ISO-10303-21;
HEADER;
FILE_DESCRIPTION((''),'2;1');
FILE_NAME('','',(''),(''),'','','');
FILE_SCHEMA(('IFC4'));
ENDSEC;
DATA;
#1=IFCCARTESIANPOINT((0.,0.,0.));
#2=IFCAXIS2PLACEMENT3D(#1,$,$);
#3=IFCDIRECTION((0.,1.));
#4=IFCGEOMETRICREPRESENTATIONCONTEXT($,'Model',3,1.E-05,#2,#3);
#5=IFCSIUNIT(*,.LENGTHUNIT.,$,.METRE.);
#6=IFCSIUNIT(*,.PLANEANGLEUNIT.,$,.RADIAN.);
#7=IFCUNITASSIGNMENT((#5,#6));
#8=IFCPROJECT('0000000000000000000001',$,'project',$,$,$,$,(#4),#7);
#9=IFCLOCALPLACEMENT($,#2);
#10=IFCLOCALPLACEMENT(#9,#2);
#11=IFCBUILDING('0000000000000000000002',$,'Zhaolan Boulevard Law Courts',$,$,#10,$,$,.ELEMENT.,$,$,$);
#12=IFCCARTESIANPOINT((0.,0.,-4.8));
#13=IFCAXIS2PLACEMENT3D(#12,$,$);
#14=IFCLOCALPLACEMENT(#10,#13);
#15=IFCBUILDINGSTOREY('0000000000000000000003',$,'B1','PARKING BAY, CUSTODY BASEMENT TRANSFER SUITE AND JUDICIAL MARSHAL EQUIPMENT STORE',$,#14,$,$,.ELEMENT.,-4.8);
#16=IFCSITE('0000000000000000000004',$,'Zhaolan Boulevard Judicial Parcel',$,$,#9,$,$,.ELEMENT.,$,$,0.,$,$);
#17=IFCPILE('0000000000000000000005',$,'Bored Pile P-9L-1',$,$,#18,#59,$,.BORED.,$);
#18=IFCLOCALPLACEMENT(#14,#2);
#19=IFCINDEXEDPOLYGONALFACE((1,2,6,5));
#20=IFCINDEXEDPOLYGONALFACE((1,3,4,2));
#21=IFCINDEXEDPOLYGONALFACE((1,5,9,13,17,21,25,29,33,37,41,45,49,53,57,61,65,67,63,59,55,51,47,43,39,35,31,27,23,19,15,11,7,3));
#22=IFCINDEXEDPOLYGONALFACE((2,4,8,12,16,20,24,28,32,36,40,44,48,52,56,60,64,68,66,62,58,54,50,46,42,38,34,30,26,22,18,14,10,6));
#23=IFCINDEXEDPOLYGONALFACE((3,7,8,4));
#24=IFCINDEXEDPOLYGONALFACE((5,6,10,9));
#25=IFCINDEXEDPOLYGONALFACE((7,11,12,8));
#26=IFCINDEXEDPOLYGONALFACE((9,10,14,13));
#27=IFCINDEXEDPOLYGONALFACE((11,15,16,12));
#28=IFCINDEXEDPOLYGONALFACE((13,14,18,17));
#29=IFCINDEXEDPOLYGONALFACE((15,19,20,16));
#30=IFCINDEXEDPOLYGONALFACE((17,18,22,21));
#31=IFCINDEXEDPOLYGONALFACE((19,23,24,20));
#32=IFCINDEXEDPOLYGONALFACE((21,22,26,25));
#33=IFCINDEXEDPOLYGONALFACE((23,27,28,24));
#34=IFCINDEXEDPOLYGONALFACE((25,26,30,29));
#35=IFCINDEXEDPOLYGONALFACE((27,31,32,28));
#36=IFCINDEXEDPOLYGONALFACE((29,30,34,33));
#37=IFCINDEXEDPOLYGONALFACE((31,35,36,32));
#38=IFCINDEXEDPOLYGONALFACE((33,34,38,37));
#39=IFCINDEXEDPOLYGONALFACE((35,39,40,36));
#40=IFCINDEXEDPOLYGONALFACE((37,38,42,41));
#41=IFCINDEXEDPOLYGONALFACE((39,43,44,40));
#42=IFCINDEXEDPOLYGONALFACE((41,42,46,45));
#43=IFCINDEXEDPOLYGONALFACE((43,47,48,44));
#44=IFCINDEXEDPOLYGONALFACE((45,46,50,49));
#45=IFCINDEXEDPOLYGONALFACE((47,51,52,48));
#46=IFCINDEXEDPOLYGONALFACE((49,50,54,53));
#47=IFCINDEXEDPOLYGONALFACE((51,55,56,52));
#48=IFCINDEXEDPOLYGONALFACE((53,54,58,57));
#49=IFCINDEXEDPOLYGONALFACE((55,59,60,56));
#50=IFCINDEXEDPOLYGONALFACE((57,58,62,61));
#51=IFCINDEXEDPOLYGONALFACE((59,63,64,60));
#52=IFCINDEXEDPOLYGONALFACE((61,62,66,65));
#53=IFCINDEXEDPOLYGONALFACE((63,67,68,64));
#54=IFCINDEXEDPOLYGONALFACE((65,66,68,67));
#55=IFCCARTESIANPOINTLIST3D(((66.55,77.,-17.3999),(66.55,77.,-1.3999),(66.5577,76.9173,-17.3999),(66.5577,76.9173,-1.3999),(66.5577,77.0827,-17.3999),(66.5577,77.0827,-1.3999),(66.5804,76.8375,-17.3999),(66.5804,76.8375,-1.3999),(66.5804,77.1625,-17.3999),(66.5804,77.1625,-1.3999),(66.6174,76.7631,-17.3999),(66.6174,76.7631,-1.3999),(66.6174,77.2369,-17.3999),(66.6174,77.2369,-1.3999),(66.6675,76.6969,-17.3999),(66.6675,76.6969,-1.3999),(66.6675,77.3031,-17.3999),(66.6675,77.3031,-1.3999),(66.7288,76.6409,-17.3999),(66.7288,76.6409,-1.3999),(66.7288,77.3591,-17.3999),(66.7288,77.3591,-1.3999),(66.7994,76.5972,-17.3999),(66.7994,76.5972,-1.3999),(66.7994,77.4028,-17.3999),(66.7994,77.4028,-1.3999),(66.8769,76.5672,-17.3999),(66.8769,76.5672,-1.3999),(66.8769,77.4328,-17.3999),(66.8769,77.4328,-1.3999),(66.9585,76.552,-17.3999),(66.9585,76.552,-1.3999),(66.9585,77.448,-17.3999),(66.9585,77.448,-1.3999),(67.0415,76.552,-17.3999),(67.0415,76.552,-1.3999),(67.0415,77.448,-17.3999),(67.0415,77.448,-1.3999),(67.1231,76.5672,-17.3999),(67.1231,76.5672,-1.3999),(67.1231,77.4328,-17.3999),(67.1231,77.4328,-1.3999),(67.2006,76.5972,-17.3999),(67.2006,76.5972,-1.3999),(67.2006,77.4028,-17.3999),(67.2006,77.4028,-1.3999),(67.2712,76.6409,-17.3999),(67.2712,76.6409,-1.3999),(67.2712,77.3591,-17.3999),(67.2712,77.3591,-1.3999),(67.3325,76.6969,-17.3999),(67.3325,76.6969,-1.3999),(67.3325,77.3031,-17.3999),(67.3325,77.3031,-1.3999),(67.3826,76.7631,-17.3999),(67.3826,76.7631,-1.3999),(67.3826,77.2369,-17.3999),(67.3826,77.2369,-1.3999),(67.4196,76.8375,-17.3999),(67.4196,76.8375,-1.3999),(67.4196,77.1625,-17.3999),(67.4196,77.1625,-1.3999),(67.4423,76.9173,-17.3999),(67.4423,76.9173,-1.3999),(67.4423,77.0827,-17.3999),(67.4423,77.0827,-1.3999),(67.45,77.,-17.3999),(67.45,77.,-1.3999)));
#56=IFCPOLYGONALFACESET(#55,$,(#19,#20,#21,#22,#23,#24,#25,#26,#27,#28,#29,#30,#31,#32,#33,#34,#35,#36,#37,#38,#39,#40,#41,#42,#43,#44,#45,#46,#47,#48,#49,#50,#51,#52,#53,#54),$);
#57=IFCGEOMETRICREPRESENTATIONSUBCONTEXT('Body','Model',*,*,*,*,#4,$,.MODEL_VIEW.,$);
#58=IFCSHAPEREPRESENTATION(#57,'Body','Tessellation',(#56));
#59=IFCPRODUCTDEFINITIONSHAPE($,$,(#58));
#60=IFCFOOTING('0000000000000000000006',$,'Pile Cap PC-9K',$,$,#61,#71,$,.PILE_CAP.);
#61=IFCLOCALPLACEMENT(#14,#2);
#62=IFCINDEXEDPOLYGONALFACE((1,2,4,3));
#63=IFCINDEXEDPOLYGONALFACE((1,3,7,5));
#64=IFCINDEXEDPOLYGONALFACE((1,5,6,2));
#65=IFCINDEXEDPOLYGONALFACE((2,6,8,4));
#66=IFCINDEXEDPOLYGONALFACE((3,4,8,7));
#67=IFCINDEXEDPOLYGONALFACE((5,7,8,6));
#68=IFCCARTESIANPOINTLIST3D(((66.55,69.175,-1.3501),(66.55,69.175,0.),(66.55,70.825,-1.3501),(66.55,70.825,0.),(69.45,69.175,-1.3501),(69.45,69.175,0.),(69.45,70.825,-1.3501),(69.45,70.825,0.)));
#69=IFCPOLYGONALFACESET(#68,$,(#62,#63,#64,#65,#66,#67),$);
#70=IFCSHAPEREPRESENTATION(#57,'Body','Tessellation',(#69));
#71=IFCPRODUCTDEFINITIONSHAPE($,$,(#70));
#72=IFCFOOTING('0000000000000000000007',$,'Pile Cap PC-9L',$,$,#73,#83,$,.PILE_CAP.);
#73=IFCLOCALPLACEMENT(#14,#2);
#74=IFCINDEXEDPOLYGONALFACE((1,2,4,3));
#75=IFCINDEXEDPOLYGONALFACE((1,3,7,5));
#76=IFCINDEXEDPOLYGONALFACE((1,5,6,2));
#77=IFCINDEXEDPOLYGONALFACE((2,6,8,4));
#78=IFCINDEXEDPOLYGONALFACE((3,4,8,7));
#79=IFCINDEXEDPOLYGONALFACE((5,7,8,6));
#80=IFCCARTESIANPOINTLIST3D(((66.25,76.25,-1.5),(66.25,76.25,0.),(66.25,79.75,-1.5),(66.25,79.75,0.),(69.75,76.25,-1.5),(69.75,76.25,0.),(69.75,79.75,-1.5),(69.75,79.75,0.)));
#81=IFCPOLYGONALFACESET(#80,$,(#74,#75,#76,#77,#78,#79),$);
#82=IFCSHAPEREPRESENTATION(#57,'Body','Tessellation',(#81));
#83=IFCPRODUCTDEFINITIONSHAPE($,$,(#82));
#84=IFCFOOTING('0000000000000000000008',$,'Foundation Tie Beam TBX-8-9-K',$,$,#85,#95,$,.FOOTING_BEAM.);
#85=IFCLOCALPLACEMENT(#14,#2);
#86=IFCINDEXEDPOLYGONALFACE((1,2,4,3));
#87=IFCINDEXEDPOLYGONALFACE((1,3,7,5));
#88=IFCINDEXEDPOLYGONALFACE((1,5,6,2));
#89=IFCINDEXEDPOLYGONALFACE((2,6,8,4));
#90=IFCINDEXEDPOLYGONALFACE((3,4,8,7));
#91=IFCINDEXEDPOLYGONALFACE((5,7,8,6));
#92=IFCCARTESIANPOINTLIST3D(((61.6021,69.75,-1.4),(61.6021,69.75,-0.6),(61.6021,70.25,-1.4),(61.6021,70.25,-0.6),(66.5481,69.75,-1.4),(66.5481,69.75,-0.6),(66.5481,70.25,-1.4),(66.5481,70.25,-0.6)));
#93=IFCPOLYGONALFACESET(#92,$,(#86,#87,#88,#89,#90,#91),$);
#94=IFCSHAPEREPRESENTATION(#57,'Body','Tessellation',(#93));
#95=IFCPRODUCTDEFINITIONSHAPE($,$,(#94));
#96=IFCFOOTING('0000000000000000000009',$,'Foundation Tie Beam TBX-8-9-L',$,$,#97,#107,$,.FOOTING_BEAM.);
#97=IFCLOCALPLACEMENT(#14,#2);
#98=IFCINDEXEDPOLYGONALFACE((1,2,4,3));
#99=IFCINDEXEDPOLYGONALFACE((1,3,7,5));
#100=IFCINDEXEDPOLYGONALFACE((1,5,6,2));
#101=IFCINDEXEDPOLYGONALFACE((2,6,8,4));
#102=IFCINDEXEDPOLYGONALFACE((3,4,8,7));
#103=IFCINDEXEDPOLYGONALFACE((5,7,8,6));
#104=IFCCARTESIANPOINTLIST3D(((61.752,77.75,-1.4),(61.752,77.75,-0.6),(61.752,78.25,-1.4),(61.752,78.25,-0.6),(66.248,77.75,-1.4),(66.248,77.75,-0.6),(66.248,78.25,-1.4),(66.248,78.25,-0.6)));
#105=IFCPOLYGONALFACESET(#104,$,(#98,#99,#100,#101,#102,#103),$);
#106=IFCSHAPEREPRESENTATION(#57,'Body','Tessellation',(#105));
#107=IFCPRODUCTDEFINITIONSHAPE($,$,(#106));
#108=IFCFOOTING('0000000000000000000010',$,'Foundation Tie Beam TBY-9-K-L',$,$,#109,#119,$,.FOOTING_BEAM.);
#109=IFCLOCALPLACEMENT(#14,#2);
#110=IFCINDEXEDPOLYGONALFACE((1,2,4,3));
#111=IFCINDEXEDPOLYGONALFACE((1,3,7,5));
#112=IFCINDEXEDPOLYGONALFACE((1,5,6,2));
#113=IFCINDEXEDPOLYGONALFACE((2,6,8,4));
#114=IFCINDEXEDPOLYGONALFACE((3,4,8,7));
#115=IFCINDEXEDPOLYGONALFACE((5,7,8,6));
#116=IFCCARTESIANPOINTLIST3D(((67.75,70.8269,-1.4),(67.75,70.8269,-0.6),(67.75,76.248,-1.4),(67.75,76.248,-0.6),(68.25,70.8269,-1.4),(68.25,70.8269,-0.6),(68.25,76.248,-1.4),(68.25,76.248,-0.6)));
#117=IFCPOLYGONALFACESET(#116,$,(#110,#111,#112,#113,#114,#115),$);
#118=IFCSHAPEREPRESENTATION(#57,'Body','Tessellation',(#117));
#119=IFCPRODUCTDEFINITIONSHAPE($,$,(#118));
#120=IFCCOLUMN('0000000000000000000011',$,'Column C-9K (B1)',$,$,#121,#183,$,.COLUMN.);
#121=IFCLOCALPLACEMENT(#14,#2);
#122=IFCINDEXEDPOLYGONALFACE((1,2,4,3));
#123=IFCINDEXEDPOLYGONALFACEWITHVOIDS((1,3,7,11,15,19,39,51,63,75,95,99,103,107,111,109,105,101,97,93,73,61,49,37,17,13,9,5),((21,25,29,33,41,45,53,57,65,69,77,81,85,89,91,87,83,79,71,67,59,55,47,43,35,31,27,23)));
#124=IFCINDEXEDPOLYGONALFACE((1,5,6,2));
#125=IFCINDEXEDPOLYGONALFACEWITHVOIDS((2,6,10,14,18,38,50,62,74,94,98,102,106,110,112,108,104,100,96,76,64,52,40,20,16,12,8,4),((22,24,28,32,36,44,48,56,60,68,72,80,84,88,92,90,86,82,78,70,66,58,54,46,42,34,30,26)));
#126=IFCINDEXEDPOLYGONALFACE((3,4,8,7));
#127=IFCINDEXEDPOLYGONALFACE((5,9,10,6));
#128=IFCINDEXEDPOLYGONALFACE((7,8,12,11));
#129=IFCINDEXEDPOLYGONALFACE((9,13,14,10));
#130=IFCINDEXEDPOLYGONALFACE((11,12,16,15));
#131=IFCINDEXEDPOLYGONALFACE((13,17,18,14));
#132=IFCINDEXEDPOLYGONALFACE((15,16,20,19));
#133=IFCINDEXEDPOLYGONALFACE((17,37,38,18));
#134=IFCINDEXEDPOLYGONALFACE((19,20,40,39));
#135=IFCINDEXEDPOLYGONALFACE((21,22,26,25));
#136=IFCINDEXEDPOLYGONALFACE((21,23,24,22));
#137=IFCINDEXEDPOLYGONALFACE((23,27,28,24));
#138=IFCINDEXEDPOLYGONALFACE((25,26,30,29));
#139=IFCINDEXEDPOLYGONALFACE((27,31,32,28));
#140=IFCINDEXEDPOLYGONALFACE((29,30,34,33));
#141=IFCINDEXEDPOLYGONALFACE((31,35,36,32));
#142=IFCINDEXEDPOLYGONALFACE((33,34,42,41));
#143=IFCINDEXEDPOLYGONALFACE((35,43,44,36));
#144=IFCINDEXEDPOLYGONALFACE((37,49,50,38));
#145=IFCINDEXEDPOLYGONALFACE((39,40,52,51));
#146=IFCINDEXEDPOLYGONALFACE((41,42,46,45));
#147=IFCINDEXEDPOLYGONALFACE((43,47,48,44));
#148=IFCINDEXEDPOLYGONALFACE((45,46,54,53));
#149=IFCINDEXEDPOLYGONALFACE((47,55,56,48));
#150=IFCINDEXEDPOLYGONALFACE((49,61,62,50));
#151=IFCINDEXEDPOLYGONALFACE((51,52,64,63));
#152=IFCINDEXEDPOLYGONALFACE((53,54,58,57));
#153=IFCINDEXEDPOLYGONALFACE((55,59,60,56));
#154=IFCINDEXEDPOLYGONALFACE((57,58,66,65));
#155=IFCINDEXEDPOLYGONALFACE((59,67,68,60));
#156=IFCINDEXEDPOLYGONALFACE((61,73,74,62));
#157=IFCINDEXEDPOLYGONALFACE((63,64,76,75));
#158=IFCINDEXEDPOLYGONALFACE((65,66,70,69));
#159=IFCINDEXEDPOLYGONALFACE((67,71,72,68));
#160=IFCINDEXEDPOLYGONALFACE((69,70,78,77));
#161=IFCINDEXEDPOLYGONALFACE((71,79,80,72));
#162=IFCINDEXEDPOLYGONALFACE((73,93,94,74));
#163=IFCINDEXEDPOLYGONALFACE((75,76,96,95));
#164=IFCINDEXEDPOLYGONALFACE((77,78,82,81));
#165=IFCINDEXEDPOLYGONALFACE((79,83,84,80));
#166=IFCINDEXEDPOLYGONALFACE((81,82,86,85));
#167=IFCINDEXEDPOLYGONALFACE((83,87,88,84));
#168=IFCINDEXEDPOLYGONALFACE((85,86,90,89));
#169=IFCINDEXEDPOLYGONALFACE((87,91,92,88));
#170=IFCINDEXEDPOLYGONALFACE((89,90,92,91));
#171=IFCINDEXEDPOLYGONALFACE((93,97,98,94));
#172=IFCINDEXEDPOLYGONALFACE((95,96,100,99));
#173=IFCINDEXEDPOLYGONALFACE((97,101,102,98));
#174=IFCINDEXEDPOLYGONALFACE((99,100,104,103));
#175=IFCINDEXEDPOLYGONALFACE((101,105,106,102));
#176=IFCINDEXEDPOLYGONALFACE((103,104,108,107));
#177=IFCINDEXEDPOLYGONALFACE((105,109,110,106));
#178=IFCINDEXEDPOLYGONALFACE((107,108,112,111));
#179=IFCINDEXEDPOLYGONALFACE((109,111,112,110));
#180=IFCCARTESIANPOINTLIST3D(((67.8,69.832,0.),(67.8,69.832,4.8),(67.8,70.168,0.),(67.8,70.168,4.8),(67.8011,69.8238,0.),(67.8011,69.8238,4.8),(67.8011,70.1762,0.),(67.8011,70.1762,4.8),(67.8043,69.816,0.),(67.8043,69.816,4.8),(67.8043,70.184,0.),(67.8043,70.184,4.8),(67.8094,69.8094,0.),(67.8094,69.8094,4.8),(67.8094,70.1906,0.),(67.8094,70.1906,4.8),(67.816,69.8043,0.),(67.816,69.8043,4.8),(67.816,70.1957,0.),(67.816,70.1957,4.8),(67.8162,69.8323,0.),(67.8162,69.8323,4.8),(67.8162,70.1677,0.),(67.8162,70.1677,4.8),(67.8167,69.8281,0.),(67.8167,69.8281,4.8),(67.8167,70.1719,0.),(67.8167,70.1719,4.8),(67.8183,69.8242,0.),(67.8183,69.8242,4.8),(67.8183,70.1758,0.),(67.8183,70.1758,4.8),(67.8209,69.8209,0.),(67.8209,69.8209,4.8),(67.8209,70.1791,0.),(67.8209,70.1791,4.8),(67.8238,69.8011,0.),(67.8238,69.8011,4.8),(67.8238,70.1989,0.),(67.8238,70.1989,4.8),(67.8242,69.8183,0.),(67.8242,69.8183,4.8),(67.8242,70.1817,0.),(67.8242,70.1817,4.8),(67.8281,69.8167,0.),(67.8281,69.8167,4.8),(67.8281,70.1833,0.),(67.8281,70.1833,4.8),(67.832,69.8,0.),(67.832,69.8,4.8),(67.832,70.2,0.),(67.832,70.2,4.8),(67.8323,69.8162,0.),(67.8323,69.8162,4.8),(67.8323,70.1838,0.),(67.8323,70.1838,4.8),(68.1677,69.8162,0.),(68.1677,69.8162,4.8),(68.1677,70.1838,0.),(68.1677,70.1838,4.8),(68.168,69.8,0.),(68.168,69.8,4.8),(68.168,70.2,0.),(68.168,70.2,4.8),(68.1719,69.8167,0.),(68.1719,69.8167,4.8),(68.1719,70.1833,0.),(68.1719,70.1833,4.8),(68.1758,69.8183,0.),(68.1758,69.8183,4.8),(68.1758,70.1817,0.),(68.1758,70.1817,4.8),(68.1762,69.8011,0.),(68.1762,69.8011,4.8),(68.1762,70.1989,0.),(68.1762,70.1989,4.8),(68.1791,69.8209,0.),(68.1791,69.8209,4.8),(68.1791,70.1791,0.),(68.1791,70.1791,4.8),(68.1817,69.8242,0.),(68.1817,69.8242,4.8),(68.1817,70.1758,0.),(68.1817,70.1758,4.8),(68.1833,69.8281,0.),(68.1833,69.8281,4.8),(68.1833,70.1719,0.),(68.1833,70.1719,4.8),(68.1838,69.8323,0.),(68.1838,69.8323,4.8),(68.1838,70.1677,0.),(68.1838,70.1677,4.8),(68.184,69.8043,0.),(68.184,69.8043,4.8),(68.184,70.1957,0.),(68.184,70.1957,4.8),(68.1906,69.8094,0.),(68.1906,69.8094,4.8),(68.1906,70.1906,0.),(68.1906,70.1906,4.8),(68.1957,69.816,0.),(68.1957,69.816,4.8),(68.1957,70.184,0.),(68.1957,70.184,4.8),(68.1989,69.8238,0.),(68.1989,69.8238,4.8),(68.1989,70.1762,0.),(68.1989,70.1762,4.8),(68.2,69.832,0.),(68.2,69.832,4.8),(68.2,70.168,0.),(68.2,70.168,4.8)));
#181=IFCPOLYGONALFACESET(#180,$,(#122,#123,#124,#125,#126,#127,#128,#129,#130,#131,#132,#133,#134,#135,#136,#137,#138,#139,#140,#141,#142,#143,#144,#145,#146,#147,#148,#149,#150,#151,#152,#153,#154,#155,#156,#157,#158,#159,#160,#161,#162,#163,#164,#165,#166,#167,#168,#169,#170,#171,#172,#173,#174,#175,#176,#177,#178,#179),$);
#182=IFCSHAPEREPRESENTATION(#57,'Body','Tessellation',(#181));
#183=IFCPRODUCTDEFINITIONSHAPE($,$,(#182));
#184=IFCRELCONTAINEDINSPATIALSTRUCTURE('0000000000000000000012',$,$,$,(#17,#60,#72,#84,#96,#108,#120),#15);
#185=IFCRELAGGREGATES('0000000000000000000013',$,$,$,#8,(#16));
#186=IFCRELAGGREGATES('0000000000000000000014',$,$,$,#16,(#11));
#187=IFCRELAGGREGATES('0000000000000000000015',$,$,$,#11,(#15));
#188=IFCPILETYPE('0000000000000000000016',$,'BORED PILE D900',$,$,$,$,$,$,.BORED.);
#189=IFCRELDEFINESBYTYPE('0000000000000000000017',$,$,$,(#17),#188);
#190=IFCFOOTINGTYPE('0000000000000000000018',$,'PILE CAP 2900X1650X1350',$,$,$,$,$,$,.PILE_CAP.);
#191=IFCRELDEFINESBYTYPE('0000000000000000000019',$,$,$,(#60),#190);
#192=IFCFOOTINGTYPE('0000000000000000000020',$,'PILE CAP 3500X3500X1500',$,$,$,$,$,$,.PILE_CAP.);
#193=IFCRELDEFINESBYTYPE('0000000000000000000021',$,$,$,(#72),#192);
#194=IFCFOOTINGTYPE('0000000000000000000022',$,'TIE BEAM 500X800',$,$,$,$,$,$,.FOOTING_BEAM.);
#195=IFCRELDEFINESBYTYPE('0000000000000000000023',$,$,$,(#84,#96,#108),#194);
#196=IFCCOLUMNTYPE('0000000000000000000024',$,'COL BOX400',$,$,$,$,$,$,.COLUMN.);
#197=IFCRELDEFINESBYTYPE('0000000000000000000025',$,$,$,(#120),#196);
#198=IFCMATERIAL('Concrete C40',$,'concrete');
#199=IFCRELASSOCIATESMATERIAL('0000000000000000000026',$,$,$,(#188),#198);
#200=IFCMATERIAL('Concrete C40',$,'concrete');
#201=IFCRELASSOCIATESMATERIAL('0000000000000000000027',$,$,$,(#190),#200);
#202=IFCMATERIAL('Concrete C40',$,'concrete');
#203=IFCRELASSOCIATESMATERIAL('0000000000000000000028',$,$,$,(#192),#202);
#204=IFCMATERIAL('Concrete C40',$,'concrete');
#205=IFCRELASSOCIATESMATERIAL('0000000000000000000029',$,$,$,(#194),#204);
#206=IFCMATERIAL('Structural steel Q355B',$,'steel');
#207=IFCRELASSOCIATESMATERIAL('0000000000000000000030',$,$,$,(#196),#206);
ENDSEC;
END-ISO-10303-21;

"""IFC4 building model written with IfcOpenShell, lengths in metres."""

from ifc_helpers import new_model, si_unit, direction, frame, origin, origin_2d, place, context, subcontext, project, spatial, rectangle, hollow_rectangle, circle, extrude, material, material_profile, profile_set, type_object, element, save


model = new_model("IFC4")

# Units and contexts
model_context = context("Model", 3, precision=1e-05, world=origin(), true_north=direction((0.0, 1.0)))
body_context = subcontext(model_context, "Body", "Model", "MODEL_VIEW")
ifc_project = project(units=[si_unit("LENGTHUNIT", "METRE"), si_unit("PLANEANGLEUNIT", "RADIAN")], contexts=[model_context])

# Site, building, storey
site_placement = place(None, origin())
site = spatial("IfcSite", under=ifc_project, at=site_placement, Name="Zhaolan Boulevard Judicial Parcel", CompositionType="ELEMENT", RefElevation=0.0)
building_placement = place(site_placement, origin())
building = spatial("IfcBuilding", under=site, at=building_placement, Name="Zhaolan Boulevard Law Courts", CompositionType="ELEMENT")
storey_placement = place(building_placement, frame((0.0, 0.0, -4.8)))
storey = spatial("IfcBuildingStorey", under=building, at=storey_placement, Name="B1", Description="PARKING BAY, CUSTODY BASEMENT TRANSFER SUITE AND JUDICIAL MARSHAL EQUIPMENT STORE", CompositionType="ELEMENT", Elevation=-4.8)

# Pile
ifc_material_1 = material(Name="Concrete C40", Category="concrete")
ifc_material_profile_1 = material_profile(ifc_material_1, circle(Radius=0.45, at=origin_2d()), Name="PILE-D900")
ifc_profile_set_1 = profile_set([ifc_material_profile_1], Name="Concrete C40")
pile_type_1 = type_object("IfcPileType", Name="BORED PILE D900", PredefinedType="BORED", material=ifc_profile_set_1)
for number, where, z_axis, x_axis, name in (
    (1, (67.0, 77.0, -1.3999), (0.0, 0.0, -1.0), (1.0, 0.0, 0.0), "Bored Pile P-9L-1"),
):
    element("IfcPile", number, at=place(storey_placement, frame(where, z_axis=z_axis, x_axis=x_axis)), inside=storey, type_object=pile_type_1, Name=name, PredefinedType="BORED", context=body_context, shape_type="SweptSolid", body=[
        extrude(circle(Radius=0.45, at=origin_2d()), origin(), (0.0, 0.0, 1.0), 16.0),
    ])

# Footings
ifc_material_2 = material(Name="Concrete C40", Category="concrete")
footing_type_1 = type_object("IfcFootingType", Name="PILE CAP 2900X1650X1350", PredefinedType="PILE_CAP", material=ifc_material_2)
footing_1_placement = place(storey_placement, frame((68.0, 70.0, -1.3501), z_axis=(0.0, 0.0, 1.0), x_axis=(1.0, 0.0, 0.0)))
element("IfcFooting", 2, at=footing_1_placement, inside=storey, type_object=footing_type_1, Name="Pile Cap PC-9K", PredefinedType="PILE_CAP", context=body_context, shape_type="SweptSolid", body=[
    extrude(rectangle(XDim=2.8999, YDim=1.6499, at=origin_2d()), origin(), (0.0, 0.0, 1.0), 1.3501),
])
ifc_material_3 = material(Name="Concrete C40", Category="concrete")
footing_type_2 = type_object("IfcFootingType", Name="PILE CAP 3500X3500X1500", PredefinedType="PILE_CAP", material=ifc_material_3)
footing_2_placement = place(storey_placement, frame((68.0, 78.0, -1.5), z_axis=(0.0, 0.0, 1.0), x_axis=(1.0, 0.0, 0.0)))
element("IfcFooting", 3, at=footing_2_placement, inside=storey, type_object=footing_type_2, Name="Pile Cap PC-9L", PredefinedType="PILE_CAP", context=body_context, shape_type="SweptSolid", body=[
    extrude(rectangle(XDim=3.5, YDim=3.5, at=origin_2d()), origin(), (0.0, 0.0, 1.0), 1.5),
])
ifc_material_4 = material(Name="Concrete C40", Category="concrete")
ifc_material_profile_2 = material_profile(ifc_material_4, rectangle(XDim=0.5, YDim=0.8, at=origin_2d()), Name="RC500x800")
ifc_profile_set_2 = profile_set([ifc_material_profile_2], Name="Concrete C40")
footing_type_3 = type_object("IfcFootingType", Name="TIE BEAM 500X800", PredefinedType="FOOTING_BEAM", material=ifc_profile_set_2)
footing_3_placement = place(storey_placement, frame((61.6021, 70.0, -1.0), z_axis=(1.0, 0.0, 0.0), x_axis=(0.0, 1.0, 0.0)))
element("IfcFooting", 4, at=footing_3_placement, inside=storey, type_object=footing_type_3, Name="Foundation Tie Beam TBX-8-9-K", PredefinedType="FOOTING_BEAM", context=body_context, shape_type="SweptSolid", body=[
    extrude(rectangle(XDim=0.5, YDim=0.8, at=origin_2d()), origin(), (0.0, 0.0, 1.0), 4.946),
])
footing_4_placement = place(storey_placement, frame((61.752, 78.0, -1.0), z_axis=(1.0, 0.0, 0.0), x_axis=(0.0, 1.0, 0.0)))
element("IfcFooting", 5, at=footing_4_placement, inside=storey, type_object=footing_type_3, Name="Foundation Tie Beam TBX-8-9-L", PredefinedType="FOOTING_BEAM", context=body_context, shape_type="SweptSolid", body=[
    extrude(rectangle(XDim=0.5, YDim=0.8, at=origin_2d()), origin(), (0.0, 0.0, 1.0), 4.4961),
])
footing_5_placement = place(storey_placement, frame((68.0, 70.8269, -1.0), z_axis=(0.0, 1.0, 0.0), x_axis=(-1.0, 0.0, 0.0)))
element("IfcFooting", 6, at=footing_5_placement, inside=storey, type_object=footing_type_3, Name="Foundation Tie Beam TBY-9-K-L", PredefinedType="FOOTING_BEAM", context=body_context, shape_type="SweptSolid", body=[
    extrude(rectangle(XDim=0.5, YDim=0.8, at=origin_2d()), origin(), (0.0, 0.0, 1.0), 5.4211),
])

# Column
ifc_material_5 = material(Name="Structural steel Q355B", Category="steel")
ifc_material_profile_3 = material_profile(ifc_material_5, hollow_rectangle(XDim=0.3999, YDim=0.3999, WallThickness=0.0161, InnerFilletRadius=0.0161, OuterFilletRadius=0.032, at=origin_2d()), Name="BOX400x400x16")
ifc_profile_set_3 = profile_set([ifc_material_profile_3], Name="Structural steel Q355B")
column_type_1 = type_object("IfcColumnType", Name="COL BOX400", PredefinedType="COLUMN", material=ifc_profile_set_3)
column_placement = place(storey_placement, frame((68.0, 70.0, 0.0), z_axis=(0.0, 0.0, 1.0), x_axis=(1.0, 0.0, 0.0)))
element("IfcColumn", 7, at=column_placement, inside=storey, type_object=column_type_1, Name="Column C-9K (B1)", PredefinedType="COLUMN", context=body_context, shape_type="SweptSolid", body=[
    extrude(hollow_rectangle(XDim=0.3999, YDim=0.3999, WallThickness=0.0161, InnerFilletRadius=0.0161, OuterFilletRadius=0.032, at=origin_2d()), origin(), (0.0, 0.0, 1.0), 4.8),
])

save(model, "model.ifc")
